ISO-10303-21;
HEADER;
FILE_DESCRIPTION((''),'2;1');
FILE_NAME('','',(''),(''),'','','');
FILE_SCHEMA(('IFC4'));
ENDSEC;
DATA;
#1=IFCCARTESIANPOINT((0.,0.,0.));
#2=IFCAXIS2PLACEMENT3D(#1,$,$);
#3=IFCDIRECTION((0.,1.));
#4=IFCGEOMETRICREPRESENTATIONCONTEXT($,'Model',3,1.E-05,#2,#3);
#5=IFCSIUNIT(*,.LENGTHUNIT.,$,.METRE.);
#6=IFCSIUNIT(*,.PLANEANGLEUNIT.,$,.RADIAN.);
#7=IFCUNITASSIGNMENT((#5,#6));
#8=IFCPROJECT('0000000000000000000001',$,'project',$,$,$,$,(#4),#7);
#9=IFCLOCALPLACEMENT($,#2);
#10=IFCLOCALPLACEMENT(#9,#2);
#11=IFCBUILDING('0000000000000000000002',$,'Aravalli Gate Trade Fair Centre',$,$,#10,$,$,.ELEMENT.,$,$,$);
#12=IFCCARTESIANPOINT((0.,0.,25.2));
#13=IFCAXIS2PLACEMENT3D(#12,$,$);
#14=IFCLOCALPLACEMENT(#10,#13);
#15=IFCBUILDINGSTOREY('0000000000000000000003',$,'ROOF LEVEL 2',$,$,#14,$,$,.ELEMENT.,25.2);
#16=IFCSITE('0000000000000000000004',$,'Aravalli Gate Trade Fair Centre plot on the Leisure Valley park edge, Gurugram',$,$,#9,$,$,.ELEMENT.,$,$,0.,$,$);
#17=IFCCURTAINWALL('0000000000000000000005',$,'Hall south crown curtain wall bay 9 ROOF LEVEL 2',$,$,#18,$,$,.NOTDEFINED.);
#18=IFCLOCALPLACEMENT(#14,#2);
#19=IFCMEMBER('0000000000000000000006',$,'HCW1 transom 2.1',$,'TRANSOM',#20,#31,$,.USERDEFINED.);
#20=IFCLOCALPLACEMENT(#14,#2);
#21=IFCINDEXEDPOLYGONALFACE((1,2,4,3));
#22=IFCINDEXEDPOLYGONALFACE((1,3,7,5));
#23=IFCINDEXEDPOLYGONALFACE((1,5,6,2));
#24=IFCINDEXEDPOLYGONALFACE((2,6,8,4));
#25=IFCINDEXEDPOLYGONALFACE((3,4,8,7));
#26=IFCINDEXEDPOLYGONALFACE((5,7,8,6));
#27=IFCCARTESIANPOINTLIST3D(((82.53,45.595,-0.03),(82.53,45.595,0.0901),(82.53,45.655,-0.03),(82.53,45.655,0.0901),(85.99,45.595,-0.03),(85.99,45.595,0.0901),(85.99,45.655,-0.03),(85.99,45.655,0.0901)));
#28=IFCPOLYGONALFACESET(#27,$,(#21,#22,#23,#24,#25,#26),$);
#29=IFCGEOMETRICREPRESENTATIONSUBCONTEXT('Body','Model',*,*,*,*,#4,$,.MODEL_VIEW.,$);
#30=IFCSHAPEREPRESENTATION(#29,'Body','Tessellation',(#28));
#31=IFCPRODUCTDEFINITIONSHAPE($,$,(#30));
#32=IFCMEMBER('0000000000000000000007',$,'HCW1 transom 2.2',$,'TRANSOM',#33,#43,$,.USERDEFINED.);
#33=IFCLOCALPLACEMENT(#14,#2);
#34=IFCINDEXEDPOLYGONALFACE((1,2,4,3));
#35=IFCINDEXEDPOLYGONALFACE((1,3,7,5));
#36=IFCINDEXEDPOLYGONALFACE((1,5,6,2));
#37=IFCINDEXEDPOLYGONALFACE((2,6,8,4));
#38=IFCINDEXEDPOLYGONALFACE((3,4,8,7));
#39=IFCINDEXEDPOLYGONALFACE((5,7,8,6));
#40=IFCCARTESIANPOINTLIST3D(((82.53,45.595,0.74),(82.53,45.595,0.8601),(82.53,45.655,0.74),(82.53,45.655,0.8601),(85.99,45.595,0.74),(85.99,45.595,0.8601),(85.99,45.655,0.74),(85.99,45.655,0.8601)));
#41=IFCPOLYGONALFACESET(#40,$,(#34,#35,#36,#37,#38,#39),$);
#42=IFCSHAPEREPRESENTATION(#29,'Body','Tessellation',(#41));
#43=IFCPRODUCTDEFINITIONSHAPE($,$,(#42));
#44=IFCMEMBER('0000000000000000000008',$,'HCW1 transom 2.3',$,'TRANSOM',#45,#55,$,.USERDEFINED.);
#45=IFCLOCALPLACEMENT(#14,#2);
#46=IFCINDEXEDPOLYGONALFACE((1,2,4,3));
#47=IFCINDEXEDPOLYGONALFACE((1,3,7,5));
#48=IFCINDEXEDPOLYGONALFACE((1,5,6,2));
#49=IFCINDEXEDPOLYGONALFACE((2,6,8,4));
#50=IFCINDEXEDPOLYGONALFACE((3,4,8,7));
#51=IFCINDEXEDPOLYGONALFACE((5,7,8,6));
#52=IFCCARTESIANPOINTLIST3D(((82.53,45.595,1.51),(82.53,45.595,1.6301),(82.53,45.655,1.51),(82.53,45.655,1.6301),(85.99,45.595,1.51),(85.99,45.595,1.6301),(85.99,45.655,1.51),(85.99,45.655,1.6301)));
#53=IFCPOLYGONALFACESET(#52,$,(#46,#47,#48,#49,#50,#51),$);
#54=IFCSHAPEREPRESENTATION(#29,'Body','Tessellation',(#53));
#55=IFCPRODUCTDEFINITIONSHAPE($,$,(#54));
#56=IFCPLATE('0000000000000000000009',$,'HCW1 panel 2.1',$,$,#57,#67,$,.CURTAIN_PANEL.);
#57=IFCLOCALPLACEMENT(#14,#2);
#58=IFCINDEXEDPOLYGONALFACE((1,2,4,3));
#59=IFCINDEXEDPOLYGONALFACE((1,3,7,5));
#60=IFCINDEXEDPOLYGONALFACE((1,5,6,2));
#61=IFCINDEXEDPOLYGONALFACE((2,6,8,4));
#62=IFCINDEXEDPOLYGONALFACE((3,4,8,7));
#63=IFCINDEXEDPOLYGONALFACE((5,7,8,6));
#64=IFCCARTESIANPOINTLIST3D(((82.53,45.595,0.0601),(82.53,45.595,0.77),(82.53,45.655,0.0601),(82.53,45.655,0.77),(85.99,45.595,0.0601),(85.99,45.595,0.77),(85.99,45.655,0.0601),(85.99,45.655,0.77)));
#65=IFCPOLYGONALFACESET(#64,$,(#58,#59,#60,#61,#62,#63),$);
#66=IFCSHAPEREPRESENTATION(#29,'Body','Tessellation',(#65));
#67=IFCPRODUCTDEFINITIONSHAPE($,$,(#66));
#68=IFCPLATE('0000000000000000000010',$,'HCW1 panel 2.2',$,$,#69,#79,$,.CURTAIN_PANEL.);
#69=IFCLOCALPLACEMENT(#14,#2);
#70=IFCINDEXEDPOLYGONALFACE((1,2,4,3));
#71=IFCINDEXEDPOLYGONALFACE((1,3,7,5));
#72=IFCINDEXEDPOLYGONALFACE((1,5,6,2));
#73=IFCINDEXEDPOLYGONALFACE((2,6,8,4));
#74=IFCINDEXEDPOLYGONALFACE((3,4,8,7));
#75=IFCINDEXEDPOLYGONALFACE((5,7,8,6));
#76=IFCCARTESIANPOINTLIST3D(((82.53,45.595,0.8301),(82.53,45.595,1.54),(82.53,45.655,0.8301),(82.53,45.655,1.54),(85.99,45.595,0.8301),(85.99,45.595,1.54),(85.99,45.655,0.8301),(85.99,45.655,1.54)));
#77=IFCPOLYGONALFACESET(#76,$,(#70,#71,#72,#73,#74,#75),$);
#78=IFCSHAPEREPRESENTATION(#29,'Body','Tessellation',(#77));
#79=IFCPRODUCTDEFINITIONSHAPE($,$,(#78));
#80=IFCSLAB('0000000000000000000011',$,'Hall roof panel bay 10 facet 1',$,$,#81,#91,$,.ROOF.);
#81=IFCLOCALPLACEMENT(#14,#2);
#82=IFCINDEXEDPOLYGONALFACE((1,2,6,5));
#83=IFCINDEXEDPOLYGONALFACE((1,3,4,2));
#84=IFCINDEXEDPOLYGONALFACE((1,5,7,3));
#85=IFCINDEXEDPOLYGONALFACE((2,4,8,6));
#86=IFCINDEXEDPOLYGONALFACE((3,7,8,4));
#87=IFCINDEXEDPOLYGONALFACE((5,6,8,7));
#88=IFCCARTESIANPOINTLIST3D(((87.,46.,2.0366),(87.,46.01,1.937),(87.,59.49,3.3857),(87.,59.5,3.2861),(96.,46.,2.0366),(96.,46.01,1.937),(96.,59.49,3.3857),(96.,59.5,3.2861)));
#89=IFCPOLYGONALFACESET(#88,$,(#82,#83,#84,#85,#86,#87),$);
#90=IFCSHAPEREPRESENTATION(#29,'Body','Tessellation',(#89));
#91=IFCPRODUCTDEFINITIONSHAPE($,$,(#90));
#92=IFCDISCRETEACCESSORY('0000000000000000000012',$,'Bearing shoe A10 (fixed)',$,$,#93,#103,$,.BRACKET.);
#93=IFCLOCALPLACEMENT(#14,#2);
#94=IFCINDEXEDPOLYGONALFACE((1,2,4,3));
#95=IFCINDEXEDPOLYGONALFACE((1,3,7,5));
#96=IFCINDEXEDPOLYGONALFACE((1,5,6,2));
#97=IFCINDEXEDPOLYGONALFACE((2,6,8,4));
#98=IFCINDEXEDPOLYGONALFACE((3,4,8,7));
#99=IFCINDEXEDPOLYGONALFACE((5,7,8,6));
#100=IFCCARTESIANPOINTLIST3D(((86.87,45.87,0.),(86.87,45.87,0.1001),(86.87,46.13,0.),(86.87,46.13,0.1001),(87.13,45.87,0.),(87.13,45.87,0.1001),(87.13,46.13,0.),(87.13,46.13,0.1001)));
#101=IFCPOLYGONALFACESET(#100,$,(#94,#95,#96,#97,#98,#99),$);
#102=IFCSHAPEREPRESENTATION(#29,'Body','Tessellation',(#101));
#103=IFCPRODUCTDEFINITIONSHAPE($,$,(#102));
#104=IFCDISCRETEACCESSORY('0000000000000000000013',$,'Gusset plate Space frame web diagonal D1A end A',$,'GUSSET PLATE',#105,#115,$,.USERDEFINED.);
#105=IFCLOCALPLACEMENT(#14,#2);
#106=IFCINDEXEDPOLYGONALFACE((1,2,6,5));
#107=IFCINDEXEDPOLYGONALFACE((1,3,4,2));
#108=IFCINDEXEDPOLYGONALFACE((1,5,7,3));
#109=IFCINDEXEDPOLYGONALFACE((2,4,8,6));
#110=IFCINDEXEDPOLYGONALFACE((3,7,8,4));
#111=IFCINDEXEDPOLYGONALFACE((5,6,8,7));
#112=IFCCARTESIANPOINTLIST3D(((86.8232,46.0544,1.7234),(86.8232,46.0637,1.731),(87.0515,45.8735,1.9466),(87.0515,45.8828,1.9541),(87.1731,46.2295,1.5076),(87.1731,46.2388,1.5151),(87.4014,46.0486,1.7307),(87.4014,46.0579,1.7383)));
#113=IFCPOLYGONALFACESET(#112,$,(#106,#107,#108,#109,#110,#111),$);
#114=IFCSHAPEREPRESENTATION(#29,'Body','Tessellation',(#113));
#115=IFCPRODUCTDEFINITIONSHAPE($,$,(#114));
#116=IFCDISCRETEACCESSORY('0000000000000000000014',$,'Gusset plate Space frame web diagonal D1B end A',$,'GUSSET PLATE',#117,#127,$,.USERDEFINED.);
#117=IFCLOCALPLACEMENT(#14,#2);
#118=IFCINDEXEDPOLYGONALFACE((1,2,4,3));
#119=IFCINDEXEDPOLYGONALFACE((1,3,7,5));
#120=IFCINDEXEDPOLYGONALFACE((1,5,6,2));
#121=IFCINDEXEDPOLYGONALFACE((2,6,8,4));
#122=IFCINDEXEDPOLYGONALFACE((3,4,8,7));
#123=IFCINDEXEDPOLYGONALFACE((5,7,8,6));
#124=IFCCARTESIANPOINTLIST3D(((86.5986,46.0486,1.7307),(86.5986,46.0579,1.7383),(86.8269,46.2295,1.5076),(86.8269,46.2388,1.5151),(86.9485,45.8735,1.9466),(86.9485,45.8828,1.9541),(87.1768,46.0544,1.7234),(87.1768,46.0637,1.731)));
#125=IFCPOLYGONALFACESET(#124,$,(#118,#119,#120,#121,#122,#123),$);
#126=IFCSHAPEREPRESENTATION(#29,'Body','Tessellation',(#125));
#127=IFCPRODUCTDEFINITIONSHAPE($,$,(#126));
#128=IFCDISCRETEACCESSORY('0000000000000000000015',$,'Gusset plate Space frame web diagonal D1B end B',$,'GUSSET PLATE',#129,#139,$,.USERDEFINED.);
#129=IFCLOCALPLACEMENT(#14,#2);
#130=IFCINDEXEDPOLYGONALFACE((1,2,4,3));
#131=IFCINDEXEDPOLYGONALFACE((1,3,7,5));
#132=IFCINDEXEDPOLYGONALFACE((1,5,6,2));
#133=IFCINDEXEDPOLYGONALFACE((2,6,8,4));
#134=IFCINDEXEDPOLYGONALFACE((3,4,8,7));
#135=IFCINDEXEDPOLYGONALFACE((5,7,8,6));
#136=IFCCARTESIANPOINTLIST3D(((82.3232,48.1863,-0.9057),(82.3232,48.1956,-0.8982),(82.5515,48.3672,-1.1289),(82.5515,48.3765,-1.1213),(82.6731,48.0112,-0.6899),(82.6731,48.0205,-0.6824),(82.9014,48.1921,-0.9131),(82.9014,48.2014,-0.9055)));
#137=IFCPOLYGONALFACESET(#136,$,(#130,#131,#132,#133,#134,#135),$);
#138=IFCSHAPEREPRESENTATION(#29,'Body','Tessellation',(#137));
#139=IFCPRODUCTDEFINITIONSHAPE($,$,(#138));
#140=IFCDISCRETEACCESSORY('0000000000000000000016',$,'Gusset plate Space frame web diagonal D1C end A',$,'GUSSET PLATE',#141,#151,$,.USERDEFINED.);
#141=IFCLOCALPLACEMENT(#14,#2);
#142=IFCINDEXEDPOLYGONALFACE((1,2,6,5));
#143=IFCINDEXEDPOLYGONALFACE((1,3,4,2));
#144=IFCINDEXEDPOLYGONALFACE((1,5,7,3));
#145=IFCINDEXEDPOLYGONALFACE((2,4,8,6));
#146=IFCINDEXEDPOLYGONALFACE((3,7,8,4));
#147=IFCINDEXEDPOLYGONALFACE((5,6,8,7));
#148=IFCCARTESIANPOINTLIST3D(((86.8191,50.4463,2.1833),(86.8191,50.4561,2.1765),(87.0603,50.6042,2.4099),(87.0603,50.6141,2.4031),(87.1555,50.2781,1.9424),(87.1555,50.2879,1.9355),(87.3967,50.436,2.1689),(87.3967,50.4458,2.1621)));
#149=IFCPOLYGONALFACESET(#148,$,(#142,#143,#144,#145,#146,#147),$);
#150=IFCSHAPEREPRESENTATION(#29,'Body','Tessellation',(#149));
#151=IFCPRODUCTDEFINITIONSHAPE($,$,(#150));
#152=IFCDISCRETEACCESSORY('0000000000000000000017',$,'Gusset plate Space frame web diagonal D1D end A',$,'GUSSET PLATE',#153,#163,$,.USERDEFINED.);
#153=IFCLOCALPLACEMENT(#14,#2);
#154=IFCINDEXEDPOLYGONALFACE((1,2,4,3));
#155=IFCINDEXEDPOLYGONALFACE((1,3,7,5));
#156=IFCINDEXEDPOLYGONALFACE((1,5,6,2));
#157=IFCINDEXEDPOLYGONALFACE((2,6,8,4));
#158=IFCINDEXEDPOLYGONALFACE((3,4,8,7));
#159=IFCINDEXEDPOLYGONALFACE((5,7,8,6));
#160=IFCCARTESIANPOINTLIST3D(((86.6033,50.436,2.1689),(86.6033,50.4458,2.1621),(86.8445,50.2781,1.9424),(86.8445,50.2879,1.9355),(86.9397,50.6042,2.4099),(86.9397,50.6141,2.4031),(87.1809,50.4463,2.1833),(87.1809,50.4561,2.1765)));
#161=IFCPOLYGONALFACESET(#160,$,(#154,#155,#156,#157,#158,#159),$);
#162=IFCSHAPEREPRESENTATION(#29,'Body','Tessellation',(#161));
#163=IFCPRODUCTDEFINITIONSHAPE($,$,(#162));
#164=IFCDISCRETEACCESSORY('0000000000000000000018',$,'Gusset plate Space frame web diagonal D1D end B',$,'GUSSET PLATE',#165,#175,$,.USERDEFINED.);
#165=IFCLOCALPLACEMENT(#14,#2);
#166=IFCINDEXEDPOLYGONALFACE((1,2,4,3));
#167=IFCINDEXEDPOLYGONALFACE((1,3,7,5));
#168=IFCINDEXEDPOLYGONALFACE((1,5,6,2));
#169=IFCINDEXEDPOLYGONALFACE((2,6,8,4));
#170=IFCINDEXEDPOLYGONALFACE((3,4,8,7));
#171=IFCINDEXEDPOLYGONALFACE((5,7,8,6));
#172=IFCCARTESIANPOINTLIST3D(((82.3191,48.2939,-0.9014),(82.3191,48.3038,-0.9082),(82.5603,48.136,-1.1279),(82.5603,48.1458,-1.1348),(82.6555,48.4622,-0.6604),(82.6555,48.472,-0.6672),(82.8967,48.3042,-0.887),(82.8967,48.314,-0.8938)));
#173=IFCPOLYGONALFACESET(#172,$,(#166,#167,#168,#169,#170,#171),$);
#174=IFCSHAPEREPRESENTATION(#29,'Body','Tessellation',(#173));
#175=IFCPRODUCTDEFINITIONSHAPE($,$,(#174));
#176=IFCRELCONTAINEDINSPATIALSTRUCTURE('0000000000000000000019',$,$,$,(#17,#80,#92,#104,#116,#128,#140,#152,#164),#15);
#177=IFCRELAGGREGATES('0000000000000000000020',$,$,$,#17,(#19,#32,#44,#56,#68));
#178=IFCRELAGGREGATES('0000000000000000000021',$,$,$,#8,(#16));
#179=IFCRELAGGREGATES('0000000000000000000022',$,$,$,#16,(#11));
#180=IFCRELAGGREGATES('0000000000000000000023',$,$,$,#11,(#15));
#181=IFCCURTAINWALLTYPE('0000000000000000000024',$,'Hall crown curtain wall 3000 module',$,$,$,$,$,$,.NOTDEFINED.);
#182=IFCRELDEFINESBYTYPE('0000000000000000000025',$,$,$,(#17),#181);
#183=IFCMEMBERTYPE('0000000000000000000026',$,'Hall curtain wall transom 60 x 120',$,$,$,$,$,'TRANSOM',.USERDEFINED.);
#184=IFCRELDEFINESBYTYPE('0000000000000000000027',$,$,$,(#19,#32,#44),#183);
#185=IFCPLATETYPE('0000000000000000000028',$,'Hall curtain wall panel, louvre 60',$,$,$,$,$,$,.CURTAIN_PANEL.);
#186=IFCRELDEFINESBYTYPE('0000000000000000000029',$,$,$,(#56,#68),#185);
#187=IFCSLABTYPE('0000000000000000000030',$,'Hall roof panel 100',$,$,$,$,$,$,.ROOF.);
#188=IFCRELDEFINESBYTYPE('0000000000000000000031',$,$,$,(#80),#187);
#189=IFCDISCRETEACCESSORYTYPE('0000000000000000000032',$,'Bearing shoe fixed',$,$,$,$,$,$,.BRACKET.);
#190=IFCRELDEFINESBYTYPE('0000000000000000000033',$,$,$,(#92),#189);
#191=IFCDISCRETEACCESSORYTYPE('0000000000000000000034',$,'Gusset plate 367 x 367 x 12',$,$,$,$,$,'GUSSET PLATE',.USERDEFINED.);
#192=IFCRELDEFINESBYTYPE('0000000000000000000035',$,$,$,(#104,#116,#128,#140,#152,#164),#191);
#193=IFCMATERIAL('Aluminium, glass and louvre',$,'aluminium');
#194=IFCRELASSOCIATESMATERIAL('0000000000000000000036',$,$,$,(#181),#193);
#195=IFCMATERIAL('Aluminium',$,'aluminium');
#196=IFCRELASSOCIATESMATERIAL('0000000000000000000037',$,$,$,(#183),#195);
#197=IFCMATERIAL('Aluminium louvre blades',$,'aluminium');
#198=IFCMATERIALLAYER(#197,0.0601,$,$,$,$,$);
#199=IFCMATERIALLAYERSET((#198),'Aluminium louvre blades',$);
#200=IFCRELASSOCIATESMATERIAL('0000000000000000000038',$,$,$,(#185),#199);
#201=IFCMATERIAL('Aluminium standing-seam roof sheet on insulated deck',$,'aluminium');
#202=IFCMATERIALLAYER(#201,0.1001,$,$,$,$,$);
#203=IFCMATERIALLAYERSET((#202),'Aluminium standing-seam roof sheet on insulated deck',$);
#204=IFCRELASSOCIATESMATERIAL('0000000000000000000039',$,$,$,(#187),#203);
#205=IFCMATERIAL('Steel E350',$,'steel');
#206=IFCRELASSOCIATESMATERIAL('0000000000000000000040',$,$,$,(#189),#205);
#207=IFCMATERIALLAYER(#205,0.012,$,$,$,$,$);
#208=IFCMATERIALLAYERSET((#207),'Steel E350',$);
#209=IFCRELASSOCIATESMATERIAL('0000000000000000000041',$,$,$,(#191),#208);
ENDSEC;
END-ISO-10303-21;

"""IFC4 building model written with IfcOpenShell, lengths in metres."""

from ifc_helpers import new_model, si_unit, direction, frame, origin, origin_2d, place, context, subcontext, project, spatial, polyline, rectangle, outline, extrude, material, layer, layer_set, material_profile, profile_set, type_object, element, aggregate, save


model = new_model("IFC4")

# Units and contexts
model_context = context("Model", 3, precision=1e-05, world=origin(), true_north=direction((0.0, 1.0)))
body_context = subcontext(model_context, "Body", "Model", "MODEL_VIEW")
ifc_project = project(units=[si_unit("LENGTHUNIT", "METRE"), si_unit("PLANEANGLEUNIT", "RADIAN")], contexts=[model_context])

# Site, building, storey
site_placement = place(None, origin())
site = spatial("IfcSite", under=ifc_project, at=site_placement, Name="Aravalli Gate Trade Fair Centre plot on the Leisure Valley park edge, Gurugram", CompositionType="ELEMENT", RefElevation=0.0)
building_placement = place(site_placement, origin())
building = spatial("IfcBuilding", under=site, at=building_placement, Name="Aravalli Gate Trade Fair Centre", CompositionType="ELEMENT")
storey_placement = place(building_placement, frame((0.0, 0.0, 25.2)))
storey = spatial("IfcBuildingStorey", under=building, at=storey_placement, Name="ROOF LEVEL 2", CompositionType="ELEMENT", Elevation=25.2)

# Shared definitions
ifc_material_1 = material(Name="Steel E350", Category="steel")

# Curtain wall, members, plates
ifc_material_2 = material(Name="Aluminium, glass and louvre", Category="aluminium")
curtain_wall_type = type_object("IfcCurtainWallType", Name="Hall crown curtain wall 3000 module", PredefinedType="NOTDEFINED", material=ifc_material_2)
curtain_wall_placement = place(storey_placement, origin())
curtain_wall = element("IfcCurtainWall", 1, at=curtain_wall_placement, inside=storey, type_object=curtain_wall_type, Name="Hall south crown curtain wall bay 9 ROOF LEVEL 2", PredefinedType="NOTDEFINED")
ifc_material_3 = material(Name="Aluminium", Category="aluminium")
ifc_material_profile_1 = material_profile(ifc_material_3, rectangle(XDim=0.0601, YDim=0.1201, at=origin_2d()), Name="Hall curtain wall transom 60 x 120")
ifc_profile_set_1 = profile_set([ifc_material_profile_1], Name="Aluminium")
member_type_1 = type_object("IfcMemberType", Name="Hall curtain wall transom 60 x 120", ElementType="TRANSOM", PredefinedType="USERDEFINED", material=ifc_profile_set_1)
member_1_placement = place(storey_placement, frame((82.53, 45.625, 0.03), z_axis=(1.0, 0.0, 0.0), x_axis=(0.0, 1.0, 0.0)))
member_1 = element("IfcMember", 2, at=member_1_placement, type_object=member_type_1, Name="HCW1 transom 2.1", ObjectType="TRANSOM", PredefinedType="USERDEFINED", context=body_context, shape_type="SweptSolid", body=[
    extrude(rectangle(XDim=0.0601, YDim=0.1201, at=origin_2d()), origin(), (0.0, 0.0, 1.0), 3.46),
])
member_2_placement = place(storey_placement, frame((82.53, 45.625, 0.8), z_axis=(1.0, 0.0, 0.0), x_axis=(0.0, 1.0, 0.0)))
member_2 = element("IfcMember", 3, at=member_2_placement, type_object=member_type_1, Name="HCW1 transom 2.2", ObjectType="TRANSOM", PredefinedType="USERDEFINED", context=body_context, shape_type="SweptSolid", body=[
    extrude(rectangle(XDim=0.0601, YDim=0.1201, at=origin_2d()), origin(), (0.0, 0.0, 1.0), 3.46),
])
member_3_placement = place(storey_placement, frame((82.53, 45.625, 1.5701), z_axis=(1.0, 0.0, 0.0), x_axis=(0.0, 1.0, 0.0)))
member_3 = element("IfcMember", 4, at=member_3_placement, type_object=member_type_1, Name="HCW1 transom 2.3", ObjectType="TRANSOM", PredefinedType="USERDEFINED", context=body_context, shape_type="SweptSolid", body=[
    extrude(rectangle(XDim=0.0601, YDim=0.1201, at=origin_2d()), origin(), (0.0, 0.0, 1.0), 3.46),
])
ifc_material_4 = material(Name="Aluminium louvre blades", Category="aluminium")
ifc_layer_1 = layer(ifc_material_4, 0.0601)
ifc_layer_set_1 = layer_set([ifc_layer_1], Name="Aluminium louvre blades")
plate_type = type_object("IfcPlateType", Name="Hall curtain wall panel, louvre 60", PredefinedType="CURTAIN_PANEL", material=ifc_layer_set_1)
plate_1_placement = place(storey_placement, frame((84.26, 45.625, 0.0601), z_axis=(0.0, 0.0, 1.0), x_axis=(1.0, 0.0, 0.0)))
plate_1 = element("IfcPlate", 5, at=plate_1_placement, type_object=plate_type, Name="HCW1 panel 2.1", PredefinedType="CURTAIN_PANEL", context=body_context, shape_type="SweptSolid", body=[
    extrude(rectangle(XDim=3.46, YDim=0.0601, at=origin_2d()), origin(), (0.0, 0.0, 1.0), 0.71),
])
plate_2_placement = place(storey_placement, frame((84.26, 45.625, 0.8301), z_axis=(0.0, 0.0, 1.0), x_axis=(1.0, 0.0, 0.0)))
plate_2 = element("IfcPlate", 6, at=plate_2_placement, type_object=plate_type, Name="HCW1 panel 2.2", PredefinedType="CURTAIN_PANEL", context=body_context, shape_type="SweptSolid", body=[
    extrude(rectangle(XDim=3.46, YDim=0.0601, at=origin_2d()), origin(), (0.0, 0.0, 1.0), 0.71),
])
aggregate(curtain_wall, [member_1, member_2, member_3, plate_1, plate_2])

# Slab
ifc_material_5 = material(Name="Aluminium standing-seam roof sheet on insulated deck", Category="aluminium")
ifc_layer_2 = layer(ifc_material_5, 0.1001)
ifc_layer_set_2 = layer_set([ifc_layer_2], Name="Aluminium standing-seam roof sheet on insulated deck")
slab_type = type_object("IfcSlabType", Name="Hall roof panel 100", PredefinedType="ROOF", material=ifc_layer_set_2)
slab_placement = place(storey_placement, frame((87.0, 46.0, 2.0366), z_axis=(0.0, -0.099513, 0.995036), x_axis=(1.0, 0.0, 0.0)))
element("IfcSlab", 7, at=slab_placement, inside=storey, type_object=slab_type, Name="Hall roof panel bay 10 facet 1", PredefinedType="ROOF", context=body_context, shape_type="SweptSolid", body=[
    extrude(outline(polyline([(0.0, 0.0), (9.0, 0.0), (9.0, 13.5573), (0.0, 13.5573), (0.0, 0.0)])), origin(), (0.0, 0.0, -1.0), 0.1001),
])

# Discrete accessories
discrete_accessory_type_1 = type_object("IfcDiscreteAccessoryType", Name="Bearing shoe fixed", PredefinedType="BRACKET", material=ifc_material_1)
discrete_accessory_1_placement = place(storey_placement, frame((87.0, 46.0, 0.0), z_axis=(0.0, 0.0, 1.0), x_axis=(1.0, 0.0, 0.0)))
element("IfcDiscreteAccessory", 8, at=discrete_accessory_1_placement, inside=storey, type_object=discrete_accessory_type_1, Name="Bearing shoe A10 (fixed)", PredefinedType="BRACKET", context=body_context, shape_type="SweptSolid", body=[
    extrude(rectangle(XDim=0.26, YDim=0.26, at=origin_2d()), origin(), (0.0, 0.0, 1.0), 0.1001),
])
ifc_layer_3 = layer(ifc_material_1, 0.012)
ifc_layer_set_3 = layer_set([ifc_layer_3], Name="Steel E350")
discrete_accessory_type_2 = type_object("IfcDiscreteAccessoryType", Name="Gusset plate 367 x 367 x 12", ElementType="GUSSET PLATE", PredefinedType="USERDEFINED", material=ifc_layer_set_3)
discrete_accessory_2_placement = place(storey_placement, frame((87.1731, 46.2388, 1.5151), z_axis=(-0.000107, 0.776736, 0.629826), x_axis=(-0.783044, -0.391795, 0.48305)))
element("IfcDiscreteAccessory", 9, at=discrete_accessory_2_placement, inside=storey, type_object=discrete_accessory_type_2, Name="Gusset plate Space frame web diagonal D1A end A", ObjectType="GUSSET PLATE", PredefinedType="USERDEFINED", context=body_context, shape_type="SweptSolid", body=[
    extrude(outline(polyline([(0.0, 0.0), (0.4468, 0.0), (0.4467, 0.3669), (-0.0001, 0.3669), (0.0, 0.0)])), origin(), (0.0, 0.0, -1.0), 0.012),
])
discrete_accessory_3_placement = place(storey_placement, frame((86.5986, 46.0579, 1.7383), z_axis=(0.000107, 0.776736, 0.629826), x_axis=(0.783044, -0.391795, 0.48305)))
element("IfcDiscreteAccessory", 10, at=discrete_accessory_3_placement, inside=storey, type_object=discrete_accessory_type_2, Name="Gusset plate Space frame web diagonal D1B end A", ObjectType="GUSSET PLATE", PredefinedType="USERDEFINED", context=body_context, shape_type="SweptSolid", body=[
    extrude(outline(polyline([(0.0, 0.0), (0.4468, 0.0), (0.4469, 0.3669), (0.0001, 0.3669), (0.0, 0.0)])), origin(), (0.0, 0.0, -1.0), 0.012),
])
discrete_accessory_4_placement = place(storey_placement, frame((82.6731, 48.0205, -0.6824), z_axis=(0.000107, 0.776736, 0.629826), x_axis=(-0.783044, 0.391795, -0.48305)))
element("IfcDiscreteAccessory", 11, at=discrete_accessory_4_placement, inside=storey, type_object=discrete_accessory_type_2, Name="Gusset plate Space frame web diagonal D1B end B", ObjectType="GUSSET PLATE", PredefinedType="USERDEFINED", context=body_context, shape_type="SweptSolid", body=[
    extrude(outline(polyline([(0.0, 0.0), (0.4468, 0.0), (0.4467, -0.3669), (-0.0001, -0.3669), (0.0, 0.0)])), origin(), (0.0, 0.0, -1.0), 0.012),
])
discrete_accessory_5_placement = place(storey_placement, frame((87.1555, 50.2781, 1.9424), z_axis=(-0.000292, -0.820164, 0.572128), x_axis=(-0.753132, 0.376566, 0.539435)))
element("IfcDiscreteAccessory", 12, at=discrete_accessory_5_placement, inside=storey, type_object=discrete_accessory_type_2, Name="Gusset plate Space frame web diagonal D1C end A", ObjectType="GUSSET PLATE", PredefinedType="USERDEFINED", context=body_context, shape_type="SweptSolid", body=[
    extrude(outline(polyline([(0.0, 0.0), (0.4467, 0.0), (0.4467, -0.3667), (0.0, -0.3667), (0.0, 0.0)])), origin(), (0.0, 0.0, -1.0), 0.012),
])
discrete_accessory_6_placement = place(storey_placement, frame((86.6033, 50.436, 2.1689), z_axis=(0.000292, -0.820164, 0.572128), x_axis=(0.753132, 0.376566, 0.539435)))
element("IfcDiscreteAccessory", 13, at=discrete_accessory_6_placement, inside=storey, type_object=discrete_accessory_type_2, Name="Gusset plate Space frame web diagonal D1D end A", ObjectType="GUSSET PLATE", PredefinedType="USERDEFINED", context=body_context, shape_type="SweptSolid", body=[
    extrude(outline(polyline([(0.0, 0.0), (0.4467, 0.0), (0.4467, -0.3667), (0.0, -0.3667), (0.0, 0.0)])), origin(), (0.0, 0.0, -1.0), 0.012),
])
discrete_accessory_7_placement = place(storey_placement, frame((82.6555, 48.4622, -0.6604), z_axis=(0.000292, -0.820164, 0.572128), x_axis=(-0.753132, -0.376566, -0.539435)))
element("IfcDiscreteAccessory", 14, at=discrete_accessory_7_placement, inside=storey, type_object=discrete_accessory_type_2, Name="Gusset plate Space frame web diagonal D1D end B", ObjectType="GUSSET PLATE", PredefinedType="USERDEFINED", context=body_context, shape_type="SweptSolid", body=[
    extrude(outline(polyline([(0.0, 0.0), (0.4467, 0.0), (0.4467, 0.3667), (0.0, 0.3667), (0.0, 0.0)])), origin(), (0.0, 0.0, -1.0), 0.012),
])

save(model, "model.ifc")
